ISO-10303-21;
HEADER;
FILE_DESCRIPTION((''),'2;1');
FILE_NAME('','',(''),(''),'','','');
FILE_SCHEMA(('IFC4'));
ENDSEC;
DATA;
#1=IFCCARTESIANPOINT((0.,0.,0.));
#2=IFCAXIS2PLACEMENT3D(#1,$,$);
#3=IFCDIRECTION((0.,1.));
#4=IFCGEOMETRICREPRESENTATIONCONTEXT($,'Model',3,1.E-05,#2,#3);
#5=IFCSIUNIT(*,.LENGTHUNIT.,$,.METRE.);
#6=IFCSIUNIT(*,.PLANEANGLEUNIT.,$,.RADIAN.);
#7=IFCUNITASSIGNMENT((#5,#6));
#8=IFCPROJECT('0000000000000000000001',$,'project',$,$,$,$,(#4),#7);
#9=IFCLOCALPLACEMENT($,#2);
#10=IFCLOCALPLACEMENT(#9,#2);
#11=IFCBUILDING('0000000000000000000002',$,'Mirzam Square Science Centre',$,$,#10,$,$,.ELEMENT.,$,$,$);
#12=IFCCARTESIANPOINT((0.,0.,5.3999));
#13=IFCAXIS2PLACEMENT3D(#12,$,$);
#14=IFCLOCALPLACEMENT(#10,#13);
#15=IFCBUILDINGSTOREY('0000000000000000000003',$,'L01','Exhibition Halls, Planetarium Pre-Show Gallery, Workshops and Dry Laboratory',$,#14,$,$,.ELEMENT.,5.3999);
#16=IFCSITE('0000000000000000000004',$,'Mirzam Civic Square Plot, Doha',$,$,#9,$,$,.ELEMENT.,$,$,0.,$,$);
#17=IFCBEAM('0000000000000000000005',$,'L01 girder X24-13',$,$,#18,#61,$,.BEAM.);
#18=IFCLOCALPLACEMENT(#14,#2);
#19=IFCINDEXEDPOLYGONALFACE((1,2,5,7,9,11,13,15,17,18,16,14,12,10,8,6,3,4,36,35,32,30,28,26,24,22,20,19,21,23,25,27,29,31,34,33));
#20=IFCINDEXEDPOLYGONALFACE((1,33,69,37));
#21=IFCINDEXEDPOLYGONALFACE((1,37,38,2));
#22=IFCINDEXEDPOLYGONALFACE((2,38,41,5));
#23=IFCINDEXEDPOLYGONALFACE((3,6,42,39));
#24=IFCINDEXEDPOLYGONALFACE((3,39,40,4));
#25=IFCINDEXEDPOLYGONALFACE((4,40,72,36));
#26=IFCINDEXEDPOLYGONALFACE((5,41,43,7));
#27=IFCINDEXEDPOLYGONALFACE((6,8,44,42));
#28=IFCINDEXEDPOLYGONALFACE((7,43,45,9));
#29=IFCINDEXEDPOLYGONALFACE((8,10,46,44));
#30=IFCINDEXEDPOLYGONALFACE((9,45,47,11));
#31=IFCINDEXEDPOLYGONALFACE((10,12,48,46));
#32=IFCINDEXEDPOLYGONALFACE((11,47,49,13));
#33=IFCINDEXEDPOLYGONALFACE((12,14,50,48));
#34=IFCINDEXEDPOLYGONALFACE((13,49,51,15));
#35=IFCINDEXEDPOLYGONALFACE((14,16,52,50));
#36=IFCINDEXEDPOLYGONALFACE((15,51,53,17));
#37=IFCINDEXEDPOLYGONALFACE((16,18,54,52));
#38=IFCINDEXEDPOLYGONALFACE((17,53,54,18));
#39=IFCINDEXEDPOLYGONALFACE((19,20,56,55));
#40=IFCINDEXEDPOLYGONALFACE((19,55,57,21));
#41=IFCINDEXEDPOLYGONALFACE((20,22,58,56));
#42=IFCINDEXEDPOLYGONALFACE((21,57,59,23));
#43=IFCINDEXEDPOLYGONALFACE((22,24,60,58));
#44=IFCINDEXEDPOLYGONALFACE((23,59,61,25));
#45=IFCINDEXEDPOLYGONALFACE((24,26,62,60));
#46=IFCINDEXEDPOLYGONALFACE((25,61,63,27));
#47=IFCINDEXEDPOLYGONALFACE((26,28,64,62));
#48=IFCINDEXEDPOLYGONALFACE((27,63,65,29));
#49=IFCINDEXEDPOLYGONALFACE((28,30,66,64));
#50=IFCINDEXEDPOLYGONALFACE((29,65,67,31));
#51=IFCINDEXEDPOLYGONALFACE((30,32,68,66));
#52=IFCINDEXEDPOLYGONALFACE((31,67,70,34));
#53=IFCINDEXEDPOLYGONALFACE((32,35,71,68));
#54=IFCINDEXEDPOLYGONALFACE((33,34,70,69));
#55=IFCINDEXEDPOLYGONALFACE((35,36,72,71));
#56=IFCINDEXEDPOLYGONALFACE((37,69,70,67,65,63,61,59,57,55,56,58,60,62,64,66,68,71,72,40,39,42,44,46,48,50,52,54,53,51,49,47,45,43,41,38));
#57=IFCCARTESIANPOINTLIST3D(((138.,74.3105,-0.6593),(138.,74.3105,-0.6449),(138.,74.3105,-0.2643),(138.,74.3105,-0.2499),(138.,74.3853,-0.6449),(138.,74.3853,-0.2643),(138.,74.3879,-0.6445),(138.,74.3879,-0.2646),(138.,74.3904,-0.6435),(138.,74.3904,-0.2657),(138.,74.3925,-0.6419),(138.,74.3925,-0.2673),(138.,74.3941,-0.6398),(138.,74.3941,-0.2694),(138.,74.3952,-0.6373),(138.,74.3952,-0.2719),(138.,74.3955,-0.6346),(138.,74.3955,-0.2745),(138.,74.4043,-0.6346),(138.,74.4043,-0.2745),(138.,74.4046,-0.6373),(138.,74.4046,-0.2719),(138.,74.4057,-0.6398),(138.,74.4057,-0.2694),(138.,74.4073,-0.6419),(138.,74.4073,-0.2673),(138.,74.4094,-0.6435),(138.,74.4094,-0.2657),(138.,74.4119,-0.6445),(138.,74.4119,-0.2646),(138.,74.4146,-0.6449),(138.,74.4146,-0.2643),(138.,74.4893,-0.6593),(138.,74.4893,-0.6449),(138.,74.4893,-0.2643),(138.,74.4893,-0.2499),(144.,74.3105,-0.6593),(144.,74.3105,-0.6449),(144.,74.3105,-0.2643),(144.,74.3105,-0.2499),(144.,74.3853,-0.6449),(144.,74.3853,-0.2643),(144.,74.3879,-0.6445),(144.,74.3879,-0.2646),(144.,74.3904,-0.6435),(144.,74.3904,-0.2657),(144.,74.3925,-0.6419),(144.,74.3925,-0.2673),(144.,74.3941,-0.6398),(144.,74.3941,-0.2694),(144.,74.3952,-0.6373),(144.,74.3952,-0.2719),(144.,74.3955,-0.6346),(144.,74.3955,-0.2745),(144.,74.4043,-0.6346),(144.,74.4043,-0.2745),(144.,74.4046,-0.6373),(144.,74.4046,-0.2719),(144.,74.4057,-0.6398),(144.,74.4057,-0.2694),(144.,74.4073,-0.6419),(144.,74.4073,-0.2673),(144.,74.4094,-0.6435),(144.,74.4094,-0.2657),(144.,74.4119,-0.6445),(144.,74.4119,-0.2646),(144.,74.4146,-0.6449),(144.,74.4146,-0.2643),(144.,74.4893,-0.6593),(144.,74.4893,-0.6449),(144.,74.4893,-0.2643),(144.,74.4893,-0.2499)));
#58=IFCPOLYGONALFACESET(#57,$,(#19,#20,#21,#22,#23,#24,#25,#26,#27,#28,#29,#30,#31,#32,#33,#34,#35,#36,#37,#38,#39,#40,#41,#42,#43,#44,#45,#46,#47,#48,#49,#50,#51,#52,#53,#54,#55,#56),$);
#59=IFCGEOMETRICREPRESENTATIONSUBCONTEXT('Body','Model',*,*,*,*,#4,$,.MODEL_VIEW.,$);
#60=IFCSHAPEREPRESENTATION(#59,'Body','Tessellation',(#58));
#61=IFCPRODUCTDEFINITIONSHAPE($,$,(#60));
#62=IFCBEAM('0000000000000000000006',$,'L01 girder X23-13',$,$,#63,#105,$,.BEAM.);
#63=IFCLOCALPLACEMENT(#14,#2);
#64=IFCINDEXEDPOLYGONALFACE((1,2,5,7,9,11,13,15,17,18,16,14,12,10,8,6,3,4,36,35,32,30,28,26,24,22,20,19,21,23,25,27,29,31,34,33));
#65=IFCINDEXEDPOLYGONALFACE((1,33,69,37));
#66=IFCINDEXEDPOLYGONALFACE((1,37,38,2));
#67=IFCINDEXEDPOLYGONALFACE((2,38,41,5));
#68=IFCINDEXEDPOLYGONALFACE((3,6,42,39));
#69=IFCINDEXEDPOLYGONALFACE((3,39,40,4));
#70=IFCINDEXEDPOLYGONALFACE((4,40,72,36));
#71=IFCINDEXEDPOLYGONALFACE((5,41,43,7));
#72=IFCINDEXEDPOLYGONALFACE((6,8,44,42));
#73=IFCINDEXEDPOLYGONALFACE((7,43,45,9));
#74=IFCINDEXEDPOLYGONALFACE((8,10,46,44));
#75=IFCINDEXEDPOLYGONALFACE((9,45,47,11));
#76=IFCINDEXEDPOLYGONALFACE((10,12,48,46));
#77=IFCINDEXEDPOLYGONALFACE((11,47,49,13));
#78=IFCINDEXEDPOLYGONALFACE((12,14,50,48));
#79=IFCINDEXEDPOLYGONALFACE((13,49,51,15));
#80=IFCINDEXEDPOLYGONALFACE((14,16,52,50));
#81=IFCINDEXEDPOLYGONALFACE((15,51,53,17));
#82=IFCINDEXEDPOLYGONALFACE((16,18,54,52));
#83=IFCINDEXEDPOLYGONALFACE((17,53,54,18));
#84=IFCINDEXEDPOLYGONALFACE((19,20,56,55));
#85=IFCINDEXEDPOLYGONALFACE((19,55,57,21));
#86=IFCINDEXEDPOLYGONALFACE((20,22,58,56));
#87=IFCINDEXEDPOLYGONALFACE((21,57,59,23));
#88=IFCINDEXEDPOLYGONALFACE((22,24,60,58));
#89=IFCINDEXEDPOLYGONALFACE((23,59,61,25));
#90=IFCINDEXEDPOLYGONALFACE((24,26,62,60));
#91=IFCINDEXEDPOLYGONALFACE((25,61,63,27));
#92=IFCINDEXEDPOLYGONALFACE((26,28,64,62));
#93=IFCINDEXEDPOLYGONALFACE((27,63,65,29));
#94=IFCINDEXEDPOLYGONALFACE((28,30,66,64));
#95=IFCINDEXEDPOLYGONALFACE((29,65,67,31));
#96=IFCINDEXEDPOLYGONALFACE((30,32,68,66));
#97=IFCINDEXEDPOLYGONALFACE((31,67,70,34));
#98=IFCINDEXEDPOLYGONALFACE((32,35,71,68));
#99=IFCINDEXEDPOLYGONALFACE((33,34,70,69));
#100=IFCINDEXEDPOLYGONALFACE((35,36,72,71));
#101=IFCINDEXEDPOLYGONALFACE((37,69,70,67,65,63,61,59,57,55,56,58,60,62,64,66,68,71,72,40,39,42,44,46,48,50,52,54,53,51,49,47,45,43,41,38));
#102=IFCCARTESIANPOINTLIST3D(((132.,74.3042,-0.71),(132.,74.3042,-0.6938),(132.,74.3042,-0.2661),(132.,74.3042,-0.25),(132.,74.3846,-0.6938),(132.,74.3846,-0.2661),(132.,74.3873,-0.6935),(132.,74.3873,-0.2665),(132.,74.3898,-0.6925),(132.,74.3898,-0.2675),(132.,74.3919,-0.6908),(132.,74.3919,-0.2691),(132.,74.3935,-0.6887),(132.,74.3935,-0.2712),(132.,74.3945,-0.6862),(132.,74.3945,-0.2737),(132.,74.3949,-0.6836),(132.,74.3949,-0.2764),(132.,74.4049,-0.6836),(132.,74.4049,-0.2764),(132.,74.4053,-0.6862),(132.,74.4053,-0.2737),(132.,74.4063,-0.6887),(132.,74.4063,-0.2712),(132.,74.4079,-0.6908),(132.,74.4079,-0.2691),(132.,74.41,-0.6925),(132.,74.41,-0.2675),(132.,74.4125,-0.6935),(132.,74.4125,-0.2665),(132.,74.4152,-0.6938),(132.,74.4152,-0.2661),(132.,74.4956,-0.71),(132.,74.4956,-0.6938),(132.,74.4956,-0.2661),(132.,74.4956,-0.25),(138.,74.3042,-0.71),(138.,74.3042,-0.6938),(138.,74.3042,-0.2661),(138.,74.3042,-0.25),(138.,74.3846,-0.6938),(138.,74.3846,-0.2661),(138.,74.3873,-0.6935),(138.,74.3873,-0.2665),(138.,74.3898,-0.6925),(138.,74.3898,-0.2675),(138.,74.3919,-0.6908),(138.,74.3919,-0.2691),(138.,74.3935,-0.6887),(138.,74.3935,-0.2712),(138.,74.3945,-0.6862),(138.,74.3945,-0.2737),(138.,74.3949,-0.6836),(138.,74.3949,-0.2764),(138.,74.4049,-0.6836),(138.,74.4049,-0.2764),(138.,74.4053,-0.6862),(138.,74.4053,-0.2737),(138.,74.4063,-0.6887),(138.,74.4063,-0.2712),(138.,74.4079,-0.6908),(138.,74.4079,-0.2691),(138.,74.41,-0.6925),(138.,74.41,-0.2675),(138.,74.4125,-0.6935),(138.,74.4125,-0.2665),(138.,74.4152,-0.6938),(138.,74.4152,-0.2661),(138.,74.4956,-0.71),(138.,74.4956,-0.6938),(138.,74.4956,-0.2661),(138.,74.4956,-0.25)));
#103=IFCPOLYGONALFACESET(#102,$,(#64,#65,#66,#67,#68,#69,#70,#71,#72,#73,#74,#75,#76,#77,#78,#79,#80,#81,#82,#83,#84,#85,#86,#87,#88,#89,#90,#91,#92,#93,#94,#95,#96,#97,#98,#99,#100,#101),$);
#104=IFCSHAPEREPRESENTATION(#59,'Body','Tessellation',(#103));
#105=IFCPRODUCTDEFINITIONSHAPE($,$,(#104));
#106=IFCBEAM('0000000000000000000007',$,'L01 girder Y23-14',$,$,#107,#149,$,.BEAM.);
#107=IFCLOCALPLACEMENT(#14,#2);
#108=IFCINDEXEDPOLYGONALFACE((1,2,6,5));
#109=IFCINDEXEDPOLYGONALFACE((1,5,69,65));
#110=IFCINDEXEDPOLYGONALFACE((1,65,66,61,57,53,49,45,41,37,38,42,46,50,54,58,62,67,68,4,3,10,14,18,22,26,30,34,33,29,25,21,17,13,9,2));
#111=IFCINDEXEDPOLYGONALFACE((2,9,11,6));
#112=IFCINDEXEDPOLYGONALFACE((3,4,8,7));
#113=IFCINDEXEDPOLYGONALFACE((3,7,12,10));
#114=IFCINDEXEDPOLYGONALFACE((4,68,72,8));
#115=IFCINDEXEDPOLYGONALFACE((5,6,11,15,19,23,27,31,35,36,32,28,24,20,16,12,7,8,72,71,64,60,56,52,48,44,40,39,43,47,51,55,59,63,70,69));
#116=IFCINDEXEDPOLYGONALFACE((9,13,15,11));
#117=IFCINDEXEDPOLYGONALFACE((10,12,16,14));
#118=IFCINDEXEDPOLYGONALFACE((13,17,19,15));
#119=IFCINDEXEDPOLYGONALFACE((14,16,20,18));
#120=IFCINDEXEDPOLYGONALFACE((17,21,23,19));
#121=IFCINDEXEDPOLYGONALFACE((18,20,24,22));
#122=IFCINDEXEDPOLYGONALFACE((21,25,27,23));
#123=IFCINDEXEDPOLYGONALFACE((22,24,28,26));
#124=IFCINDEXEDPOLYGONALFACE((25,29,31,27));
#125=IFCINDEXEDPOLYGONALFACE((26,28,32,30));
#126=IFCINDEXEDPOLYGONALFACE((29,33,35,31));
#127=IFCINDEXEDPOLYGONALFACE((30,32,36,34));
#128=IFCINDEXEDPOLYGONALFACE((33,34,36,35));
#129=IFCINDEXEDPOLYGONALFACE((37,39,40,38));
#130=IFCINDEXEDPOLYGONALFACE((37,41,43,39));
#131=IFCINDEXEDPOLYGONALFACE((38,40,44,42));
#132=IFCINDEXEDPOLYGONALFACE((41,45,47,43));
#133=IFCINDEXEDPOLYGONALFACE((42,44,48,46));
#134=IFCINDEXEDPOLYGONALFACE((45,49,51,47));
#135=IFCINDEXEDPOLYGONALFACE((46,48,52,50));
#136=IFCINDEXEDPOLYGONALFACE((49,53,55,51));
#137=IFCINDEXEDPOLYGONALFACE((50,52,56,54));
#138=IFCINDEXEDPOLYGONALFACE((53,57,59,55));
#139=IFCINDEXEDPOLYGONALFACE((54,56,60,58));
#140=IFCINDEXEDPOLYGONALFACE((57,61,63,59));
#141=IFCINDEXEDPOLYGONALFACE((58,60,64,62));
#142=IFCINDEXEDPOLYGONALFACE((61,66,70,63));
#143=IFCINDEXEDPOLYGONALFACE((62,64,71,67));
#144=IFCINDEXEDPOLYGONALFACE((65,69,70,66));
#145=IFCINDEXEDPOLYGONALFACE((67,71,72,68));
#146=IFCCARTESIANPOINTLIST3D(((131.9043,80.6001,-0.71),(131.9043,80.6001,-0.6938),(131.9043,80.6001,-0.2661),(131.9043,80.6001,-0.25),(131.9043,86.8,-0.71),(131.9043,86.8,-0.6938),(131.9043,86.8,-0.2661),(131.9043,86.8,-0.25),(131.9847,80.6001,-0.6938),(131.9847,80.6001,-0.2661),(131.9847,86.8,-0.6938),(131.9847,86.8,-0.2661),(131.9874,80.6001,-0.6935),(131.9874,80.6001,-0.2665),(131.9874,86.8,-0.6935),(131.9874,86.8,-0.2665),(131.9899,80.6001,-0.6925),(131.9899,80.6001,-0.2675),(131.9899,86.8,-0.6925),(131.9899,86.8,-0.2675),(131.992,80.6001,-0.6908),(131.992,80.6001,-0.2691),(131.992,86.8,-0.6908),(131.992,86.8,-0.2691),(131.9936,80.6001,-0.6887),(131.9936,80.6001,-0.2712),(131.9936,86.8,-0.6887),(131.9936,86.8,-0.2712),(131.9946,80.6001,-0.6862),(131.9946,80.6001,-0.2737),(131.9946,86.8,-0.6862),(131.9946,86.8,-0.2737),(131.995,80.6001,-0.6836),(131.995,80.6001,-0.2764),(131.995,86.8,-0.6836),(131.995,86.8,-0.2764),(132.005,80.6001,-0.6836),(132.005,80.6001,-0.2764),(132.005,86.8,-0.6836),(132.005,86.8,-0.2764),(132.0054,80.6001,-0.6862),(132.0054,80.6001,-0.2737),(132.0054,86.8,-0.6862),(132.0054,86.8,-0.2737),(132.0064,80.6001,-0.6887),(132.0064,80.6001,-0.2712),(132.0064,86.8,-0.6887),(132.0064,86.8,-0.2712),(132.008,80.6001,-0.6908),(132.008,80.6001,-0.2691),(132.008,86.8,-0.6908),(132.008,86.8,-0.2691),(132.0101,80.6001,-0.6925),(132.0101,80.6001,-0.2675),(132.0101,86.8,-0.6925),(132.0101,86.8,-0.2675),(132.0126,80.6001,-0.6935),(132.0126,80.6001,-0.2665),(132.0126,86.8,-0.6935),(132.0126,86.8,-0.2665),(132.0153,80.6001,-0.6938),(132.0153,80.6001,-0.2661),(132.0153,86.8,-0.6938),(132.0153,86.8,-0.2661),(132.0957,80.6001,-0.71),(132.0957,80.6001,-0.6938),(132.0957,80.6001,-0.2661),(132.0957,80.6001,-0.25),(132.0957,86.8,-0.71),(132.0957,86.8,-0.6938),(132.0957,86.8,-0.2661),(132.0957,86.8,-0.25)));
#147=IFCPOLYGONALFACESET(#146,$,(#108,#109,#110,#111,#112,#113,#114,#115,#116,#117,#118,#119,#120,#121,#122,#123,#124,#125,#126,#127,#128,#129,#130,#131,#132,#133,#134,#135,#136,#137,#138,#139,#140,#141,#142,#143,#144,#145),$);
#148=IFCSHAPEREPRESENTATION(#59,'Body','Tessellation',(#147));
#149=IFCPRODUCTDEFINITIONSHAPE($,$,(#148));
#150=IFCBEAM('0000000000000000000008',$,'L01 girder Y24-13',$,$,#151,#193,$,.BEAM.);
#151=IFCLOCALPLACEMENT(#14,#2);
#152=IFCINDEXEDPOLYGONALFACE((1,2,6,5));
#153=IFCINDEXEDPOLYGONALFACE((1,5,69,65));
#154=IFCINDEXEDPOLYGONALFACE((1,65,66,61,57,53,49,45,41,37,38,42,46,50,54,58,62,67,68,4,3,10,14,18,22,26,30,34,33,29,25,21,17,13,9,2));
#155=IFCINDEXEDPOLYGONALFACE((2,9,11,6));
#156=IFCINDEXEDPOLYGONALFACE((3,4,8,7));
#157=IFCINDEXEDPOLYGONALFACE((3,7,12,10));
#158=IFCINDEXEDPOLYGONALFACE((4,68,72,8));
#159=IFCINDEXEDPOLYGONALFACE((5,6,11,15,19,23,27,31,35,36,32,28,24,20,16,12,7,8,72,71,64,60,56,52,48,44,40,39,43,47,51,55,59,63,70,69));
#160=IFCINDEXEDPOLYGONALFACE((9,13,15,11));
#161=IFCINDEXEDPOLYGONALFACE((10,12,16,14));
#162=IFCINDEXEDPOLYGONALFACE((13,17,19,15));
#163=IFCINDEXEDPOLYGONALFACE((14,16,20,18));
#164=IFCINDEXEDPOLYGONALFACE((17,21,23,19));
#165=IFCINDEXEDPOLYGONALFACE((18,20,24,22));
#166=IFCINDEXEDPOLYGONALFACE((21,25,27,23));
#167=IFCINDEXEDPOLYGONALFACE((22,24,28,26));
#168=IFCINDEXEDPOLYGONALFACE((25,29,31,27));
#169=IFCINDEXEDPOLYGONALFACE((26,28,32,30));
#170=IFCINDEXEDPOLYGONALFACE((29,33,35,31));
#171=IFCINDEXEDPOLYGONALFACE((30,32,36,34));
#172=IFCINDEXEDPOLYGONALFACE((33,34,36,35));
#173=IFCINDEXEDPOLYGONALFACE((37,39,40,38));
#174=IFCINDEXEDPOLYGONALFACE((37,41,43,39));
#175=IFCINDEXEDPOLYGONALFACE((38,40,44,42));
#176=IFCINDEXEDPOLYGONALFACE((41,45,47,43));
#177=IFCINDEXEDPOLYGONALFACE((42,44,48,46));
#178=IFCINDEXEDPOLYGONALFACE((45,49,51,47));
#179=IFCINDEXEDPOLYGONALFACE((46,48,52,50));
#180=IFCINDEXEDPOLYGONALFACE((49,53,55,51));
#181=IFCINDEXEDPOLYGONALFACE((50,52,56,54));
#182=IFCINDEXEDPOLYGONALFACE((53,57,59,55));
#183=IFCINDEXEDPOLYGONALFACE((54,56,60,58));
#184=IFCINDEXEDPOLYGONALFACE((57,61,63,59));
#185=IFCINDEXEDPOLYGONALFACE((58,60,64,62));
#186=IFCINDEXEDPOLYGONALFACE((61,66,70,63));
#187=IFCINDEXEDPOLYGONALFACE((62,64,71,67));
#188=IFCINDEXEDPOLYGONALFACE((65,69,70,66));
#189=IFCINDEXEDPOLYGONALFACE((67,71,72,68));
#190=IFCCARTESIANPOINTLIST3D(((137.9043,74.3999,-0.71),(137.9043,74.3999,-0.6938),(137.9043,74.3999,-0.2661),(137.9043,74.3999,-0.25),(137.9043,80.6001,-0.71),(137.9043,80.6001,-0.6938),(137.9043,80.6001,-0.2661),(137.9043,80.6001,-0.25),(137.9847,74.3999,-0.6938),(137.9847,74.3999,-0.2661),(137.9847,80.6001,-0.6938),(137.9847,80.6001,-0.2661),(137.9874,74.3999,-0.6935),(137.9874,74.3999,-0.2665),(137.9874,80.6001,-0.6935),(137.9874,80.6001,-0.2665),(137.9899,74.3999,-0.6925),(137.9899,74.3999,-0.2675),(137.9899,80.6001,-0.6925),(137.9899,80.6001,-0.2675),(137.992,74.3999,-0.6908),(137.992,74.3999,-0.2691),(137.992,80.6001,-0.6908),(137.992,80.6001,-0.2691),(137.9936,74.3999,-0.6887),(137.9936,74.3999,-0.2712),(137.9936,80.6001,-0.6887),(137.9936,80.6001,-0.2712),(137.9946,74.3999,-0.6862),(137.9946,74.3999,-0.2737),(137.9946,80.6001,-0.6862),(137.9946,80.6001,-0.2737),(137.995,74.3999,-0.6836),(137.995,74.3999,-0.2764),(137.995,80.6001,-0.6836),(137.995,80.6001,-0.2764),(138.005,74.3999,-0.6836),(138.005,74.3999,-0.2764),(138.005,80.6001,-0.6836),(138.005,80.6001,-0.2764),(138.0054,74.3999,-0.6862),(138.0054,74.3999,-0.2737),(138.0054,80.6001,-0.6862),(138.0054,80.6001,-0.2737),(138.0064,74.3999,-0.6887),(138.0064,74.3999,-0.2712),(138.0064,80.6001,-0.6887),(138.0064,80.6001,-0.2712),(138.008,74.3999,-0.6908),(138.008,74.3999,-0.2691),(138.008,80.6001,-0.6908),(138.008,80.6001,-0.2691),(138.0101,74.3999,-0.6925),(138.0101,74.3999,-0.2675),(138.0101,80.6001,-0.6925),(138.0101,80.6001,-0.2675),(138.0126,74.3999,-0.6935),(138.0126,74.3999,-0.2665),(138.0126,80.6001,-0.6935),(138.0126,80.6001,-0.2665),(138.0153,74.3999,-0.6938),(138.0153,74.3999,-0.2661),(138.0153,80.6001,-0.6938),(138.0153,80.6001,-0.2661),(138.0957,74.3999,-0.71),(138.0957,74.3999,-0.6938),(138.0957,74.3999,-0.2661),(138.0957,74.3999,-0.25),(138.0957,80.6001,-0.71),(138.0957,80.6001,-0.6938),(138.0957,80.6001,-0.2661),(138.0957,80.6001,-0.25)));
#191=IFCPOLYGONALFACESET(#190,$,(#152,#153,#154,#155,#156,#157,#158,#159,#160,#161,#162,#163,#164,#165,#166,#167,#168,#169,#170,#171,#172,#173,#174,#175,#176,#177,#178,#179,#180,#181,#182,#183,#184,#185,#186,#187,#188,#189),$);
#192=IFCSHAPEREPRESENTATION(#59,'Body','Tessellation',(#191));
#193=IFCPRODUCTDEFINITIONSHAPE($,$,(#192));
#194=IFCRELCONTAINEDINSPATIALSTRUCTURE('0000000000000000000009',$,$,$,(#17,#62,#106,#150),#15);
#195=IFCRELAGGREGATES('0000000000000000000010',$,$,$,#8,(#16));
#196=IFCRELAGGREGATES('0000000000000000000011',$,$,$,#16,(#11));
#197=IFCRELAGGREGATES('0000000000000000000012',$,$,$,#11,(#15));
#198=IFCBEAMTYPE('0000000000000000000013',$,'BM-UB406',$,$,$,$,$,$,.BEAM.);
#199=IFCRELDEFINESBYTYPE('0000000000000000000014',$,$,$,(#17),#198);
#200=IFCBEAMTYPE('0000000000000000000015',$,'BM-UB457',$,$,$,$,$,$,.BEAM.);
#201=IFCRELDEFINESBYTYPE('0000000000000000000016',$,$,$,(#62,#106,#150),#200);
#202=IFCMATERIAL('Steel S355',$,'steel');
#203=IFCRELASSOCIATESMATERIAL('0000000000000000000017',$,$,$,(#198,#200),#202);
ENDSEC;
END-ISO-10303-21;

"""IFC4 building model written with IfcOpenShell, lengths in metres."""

from ifc_helpers import new_model, si_unit, direction, frame, origin, origin_2d, place, context, subcontext, project, spatial, i_section, extrude, material, material_profile, profile_set, type_object, element, save


model = new_model("IFC4")

# Units and contexts
model_context = context("Model", 3, precision=1e-05, world=origin(), true_north=direction((0.0, 1.0)))
body_context = subcontext(model_context, "Body", "Model", "MODEL_VIEW")
ifc_project = project(units=[si_unit("LENGTHUNIT", "METRE"), si_unit("PLANEANGLEUNIT", "RADIAN")], contexts=[model_context])

# Site, building, storey
site_placement = place(None, origin())
site = spatial("IfcSite", under=ifc_project, at=site_placement, Name="Mirzam Civic Square Plot, Doha", CompositionType="ELEMENT", RefElevation=0.0)
building_placement = place(site_placement, origin())
building = spatial("IfcBuilding", under=site, at=building_placement, Name="Mirzam Square Science Centre", CompositionType="ELEMENT")
storey_placement = place(building_placement, frame((0.0, 0.0, 5.3999)))
storey = spatial("IfcBuildingStorey", under=building, at=storey_placement, Name="L01", Description="Exhibition Halls, Planetarium Pre-Show Gallery, Workshops and Dry Laboratory", CompositionType="ELEMENT", Elevation=5.3999)

# Shared definitions
ifc_material_1 = material(Name="Steel S355", Category="steel")

# Beams
ifc_material_profile_1 = material_profile(ifc_material_1, i_section(OverallWidth=0.1787, OverallDepth=0.4094, WebThickness=0.0088, FlangeThickness=0.0144, FilletRadius=0.0103, at=origin_2d()), Name="406x178x67UB")
ifc_profile_set_1 = profile_set([ifc_material_profile_1], Name="Steel S355")
beam_type_1 = type_object("IfcBeamType", Name="BM-UB406", PredefinedType="BEAM", material=ifc_profile_set_1)
beam_1_placement = place(storey_placement, frame((138.0, 74.3999, -0.4546), z_axis=(1.0, 0.0, 0.0), x_axis=(0.0, 1.0, 0.0)))
element("IfcBeam", 1, at=beam_1_placement, inside=storey, type_object=beam_type_1, Name="L01 girder X24-13", PredefinedType="BEAM", context=body_context, shape_type="SweptSolid", body=[
    extrude(i_section(OverallWidth=0.1787, OverallDepth=0.4094, WebThickness=0.0088, FlangeThickness=0.0144, FilletRadius=0.0103, at=origin_2d()), origin(), (0.0, 0.0, 1.0), 6.0),
])
ifc_material_profile_2 = material_profile(ifc_material_1, i_section(OverallWidth=0.1914, OverallDepth=0.46, WebThickness=0.01, FlangeThickness=0.0161, FilletRadius=0.0103, at=origin_2d()), Name="457x191x82UB")
ifc_profile_set_2 = profile_set([ifc_material_profile_2], Name="Steel S355")
beam_type_2 = type_object("IfcBeamType", Name="BM-UB457", PredefinedType="BEAM", material=ifc_profile_set_2)
beam_2_placement = place(storey_placement, frame((132.0, 74.3999, -0.48), z_axis=(1.0, 0.0, 0.0), x_axis=(0.0, 1.0, 0.0)))
element("IfcBeam", 2, at=beam_2_placement, inside=storey, type_object=beam_type_2, Name="L01 girder X23-13", PredefinedType="BEAM", context=body_context, shape_type="SweptSolid", body=[
    extrude(i_section(OverallWidth=0.1914, OverallDepth=0.46, WebThickness=0.01, FlangeThickness=0.0161, FilletRadius=0.0103, at=origin_2d()), origin(), (0.0, 0.0, 1.0), 6.0),
])
beam_3_placement = place(storey_placement, frame((132.0, 80.6001, -0.48), z_axis=(0.0, 1.0, 0.0), x_axis=(-1.0, 0.0, 0.0)))
element("IfcBeam", 3, at=beam_3_placement, inside=storey, type_object=beam_type_2, Name="L01 girder Y23-14", PredefinedType="BEAM", context=body_context, shape_type="SweptSolid", body=[
    extrude(i_section(OverallWidth=0.1914, OverallDepth=0.46, WebThickness=0.01, FlangeThickness=0.0161, FilletRadius=0.0103, at=origin_2d()), origin(), (0.0, 0.0, 1.0), 6.2),
])
beam_4_placement = place(storey_placement, frame((138.0, 74.3999, -0.48), z_axis=(0.0, 1.0, 0.0), x_axis=(-1.0, 0.0, 0.0)))
element("IfcBeam", 4, at=beam_4_placement, inside=storey, type_object=beam_type_2, Name="L01 girder Y24-13", PredefinedType="BEAM", context=body_context, shape_type="SweptSolid", body=[
    extrude(i_section(OverallWidth=0.1914, OverallDepth=0.46, WebThickness=0.01, FlangeThickness=0.0161, FilletRadius=0.0103, at=origin_2d()), origin(), (0.0, 0.0, 1.0), 6.2002),
])

save(model, "model.ifc")
